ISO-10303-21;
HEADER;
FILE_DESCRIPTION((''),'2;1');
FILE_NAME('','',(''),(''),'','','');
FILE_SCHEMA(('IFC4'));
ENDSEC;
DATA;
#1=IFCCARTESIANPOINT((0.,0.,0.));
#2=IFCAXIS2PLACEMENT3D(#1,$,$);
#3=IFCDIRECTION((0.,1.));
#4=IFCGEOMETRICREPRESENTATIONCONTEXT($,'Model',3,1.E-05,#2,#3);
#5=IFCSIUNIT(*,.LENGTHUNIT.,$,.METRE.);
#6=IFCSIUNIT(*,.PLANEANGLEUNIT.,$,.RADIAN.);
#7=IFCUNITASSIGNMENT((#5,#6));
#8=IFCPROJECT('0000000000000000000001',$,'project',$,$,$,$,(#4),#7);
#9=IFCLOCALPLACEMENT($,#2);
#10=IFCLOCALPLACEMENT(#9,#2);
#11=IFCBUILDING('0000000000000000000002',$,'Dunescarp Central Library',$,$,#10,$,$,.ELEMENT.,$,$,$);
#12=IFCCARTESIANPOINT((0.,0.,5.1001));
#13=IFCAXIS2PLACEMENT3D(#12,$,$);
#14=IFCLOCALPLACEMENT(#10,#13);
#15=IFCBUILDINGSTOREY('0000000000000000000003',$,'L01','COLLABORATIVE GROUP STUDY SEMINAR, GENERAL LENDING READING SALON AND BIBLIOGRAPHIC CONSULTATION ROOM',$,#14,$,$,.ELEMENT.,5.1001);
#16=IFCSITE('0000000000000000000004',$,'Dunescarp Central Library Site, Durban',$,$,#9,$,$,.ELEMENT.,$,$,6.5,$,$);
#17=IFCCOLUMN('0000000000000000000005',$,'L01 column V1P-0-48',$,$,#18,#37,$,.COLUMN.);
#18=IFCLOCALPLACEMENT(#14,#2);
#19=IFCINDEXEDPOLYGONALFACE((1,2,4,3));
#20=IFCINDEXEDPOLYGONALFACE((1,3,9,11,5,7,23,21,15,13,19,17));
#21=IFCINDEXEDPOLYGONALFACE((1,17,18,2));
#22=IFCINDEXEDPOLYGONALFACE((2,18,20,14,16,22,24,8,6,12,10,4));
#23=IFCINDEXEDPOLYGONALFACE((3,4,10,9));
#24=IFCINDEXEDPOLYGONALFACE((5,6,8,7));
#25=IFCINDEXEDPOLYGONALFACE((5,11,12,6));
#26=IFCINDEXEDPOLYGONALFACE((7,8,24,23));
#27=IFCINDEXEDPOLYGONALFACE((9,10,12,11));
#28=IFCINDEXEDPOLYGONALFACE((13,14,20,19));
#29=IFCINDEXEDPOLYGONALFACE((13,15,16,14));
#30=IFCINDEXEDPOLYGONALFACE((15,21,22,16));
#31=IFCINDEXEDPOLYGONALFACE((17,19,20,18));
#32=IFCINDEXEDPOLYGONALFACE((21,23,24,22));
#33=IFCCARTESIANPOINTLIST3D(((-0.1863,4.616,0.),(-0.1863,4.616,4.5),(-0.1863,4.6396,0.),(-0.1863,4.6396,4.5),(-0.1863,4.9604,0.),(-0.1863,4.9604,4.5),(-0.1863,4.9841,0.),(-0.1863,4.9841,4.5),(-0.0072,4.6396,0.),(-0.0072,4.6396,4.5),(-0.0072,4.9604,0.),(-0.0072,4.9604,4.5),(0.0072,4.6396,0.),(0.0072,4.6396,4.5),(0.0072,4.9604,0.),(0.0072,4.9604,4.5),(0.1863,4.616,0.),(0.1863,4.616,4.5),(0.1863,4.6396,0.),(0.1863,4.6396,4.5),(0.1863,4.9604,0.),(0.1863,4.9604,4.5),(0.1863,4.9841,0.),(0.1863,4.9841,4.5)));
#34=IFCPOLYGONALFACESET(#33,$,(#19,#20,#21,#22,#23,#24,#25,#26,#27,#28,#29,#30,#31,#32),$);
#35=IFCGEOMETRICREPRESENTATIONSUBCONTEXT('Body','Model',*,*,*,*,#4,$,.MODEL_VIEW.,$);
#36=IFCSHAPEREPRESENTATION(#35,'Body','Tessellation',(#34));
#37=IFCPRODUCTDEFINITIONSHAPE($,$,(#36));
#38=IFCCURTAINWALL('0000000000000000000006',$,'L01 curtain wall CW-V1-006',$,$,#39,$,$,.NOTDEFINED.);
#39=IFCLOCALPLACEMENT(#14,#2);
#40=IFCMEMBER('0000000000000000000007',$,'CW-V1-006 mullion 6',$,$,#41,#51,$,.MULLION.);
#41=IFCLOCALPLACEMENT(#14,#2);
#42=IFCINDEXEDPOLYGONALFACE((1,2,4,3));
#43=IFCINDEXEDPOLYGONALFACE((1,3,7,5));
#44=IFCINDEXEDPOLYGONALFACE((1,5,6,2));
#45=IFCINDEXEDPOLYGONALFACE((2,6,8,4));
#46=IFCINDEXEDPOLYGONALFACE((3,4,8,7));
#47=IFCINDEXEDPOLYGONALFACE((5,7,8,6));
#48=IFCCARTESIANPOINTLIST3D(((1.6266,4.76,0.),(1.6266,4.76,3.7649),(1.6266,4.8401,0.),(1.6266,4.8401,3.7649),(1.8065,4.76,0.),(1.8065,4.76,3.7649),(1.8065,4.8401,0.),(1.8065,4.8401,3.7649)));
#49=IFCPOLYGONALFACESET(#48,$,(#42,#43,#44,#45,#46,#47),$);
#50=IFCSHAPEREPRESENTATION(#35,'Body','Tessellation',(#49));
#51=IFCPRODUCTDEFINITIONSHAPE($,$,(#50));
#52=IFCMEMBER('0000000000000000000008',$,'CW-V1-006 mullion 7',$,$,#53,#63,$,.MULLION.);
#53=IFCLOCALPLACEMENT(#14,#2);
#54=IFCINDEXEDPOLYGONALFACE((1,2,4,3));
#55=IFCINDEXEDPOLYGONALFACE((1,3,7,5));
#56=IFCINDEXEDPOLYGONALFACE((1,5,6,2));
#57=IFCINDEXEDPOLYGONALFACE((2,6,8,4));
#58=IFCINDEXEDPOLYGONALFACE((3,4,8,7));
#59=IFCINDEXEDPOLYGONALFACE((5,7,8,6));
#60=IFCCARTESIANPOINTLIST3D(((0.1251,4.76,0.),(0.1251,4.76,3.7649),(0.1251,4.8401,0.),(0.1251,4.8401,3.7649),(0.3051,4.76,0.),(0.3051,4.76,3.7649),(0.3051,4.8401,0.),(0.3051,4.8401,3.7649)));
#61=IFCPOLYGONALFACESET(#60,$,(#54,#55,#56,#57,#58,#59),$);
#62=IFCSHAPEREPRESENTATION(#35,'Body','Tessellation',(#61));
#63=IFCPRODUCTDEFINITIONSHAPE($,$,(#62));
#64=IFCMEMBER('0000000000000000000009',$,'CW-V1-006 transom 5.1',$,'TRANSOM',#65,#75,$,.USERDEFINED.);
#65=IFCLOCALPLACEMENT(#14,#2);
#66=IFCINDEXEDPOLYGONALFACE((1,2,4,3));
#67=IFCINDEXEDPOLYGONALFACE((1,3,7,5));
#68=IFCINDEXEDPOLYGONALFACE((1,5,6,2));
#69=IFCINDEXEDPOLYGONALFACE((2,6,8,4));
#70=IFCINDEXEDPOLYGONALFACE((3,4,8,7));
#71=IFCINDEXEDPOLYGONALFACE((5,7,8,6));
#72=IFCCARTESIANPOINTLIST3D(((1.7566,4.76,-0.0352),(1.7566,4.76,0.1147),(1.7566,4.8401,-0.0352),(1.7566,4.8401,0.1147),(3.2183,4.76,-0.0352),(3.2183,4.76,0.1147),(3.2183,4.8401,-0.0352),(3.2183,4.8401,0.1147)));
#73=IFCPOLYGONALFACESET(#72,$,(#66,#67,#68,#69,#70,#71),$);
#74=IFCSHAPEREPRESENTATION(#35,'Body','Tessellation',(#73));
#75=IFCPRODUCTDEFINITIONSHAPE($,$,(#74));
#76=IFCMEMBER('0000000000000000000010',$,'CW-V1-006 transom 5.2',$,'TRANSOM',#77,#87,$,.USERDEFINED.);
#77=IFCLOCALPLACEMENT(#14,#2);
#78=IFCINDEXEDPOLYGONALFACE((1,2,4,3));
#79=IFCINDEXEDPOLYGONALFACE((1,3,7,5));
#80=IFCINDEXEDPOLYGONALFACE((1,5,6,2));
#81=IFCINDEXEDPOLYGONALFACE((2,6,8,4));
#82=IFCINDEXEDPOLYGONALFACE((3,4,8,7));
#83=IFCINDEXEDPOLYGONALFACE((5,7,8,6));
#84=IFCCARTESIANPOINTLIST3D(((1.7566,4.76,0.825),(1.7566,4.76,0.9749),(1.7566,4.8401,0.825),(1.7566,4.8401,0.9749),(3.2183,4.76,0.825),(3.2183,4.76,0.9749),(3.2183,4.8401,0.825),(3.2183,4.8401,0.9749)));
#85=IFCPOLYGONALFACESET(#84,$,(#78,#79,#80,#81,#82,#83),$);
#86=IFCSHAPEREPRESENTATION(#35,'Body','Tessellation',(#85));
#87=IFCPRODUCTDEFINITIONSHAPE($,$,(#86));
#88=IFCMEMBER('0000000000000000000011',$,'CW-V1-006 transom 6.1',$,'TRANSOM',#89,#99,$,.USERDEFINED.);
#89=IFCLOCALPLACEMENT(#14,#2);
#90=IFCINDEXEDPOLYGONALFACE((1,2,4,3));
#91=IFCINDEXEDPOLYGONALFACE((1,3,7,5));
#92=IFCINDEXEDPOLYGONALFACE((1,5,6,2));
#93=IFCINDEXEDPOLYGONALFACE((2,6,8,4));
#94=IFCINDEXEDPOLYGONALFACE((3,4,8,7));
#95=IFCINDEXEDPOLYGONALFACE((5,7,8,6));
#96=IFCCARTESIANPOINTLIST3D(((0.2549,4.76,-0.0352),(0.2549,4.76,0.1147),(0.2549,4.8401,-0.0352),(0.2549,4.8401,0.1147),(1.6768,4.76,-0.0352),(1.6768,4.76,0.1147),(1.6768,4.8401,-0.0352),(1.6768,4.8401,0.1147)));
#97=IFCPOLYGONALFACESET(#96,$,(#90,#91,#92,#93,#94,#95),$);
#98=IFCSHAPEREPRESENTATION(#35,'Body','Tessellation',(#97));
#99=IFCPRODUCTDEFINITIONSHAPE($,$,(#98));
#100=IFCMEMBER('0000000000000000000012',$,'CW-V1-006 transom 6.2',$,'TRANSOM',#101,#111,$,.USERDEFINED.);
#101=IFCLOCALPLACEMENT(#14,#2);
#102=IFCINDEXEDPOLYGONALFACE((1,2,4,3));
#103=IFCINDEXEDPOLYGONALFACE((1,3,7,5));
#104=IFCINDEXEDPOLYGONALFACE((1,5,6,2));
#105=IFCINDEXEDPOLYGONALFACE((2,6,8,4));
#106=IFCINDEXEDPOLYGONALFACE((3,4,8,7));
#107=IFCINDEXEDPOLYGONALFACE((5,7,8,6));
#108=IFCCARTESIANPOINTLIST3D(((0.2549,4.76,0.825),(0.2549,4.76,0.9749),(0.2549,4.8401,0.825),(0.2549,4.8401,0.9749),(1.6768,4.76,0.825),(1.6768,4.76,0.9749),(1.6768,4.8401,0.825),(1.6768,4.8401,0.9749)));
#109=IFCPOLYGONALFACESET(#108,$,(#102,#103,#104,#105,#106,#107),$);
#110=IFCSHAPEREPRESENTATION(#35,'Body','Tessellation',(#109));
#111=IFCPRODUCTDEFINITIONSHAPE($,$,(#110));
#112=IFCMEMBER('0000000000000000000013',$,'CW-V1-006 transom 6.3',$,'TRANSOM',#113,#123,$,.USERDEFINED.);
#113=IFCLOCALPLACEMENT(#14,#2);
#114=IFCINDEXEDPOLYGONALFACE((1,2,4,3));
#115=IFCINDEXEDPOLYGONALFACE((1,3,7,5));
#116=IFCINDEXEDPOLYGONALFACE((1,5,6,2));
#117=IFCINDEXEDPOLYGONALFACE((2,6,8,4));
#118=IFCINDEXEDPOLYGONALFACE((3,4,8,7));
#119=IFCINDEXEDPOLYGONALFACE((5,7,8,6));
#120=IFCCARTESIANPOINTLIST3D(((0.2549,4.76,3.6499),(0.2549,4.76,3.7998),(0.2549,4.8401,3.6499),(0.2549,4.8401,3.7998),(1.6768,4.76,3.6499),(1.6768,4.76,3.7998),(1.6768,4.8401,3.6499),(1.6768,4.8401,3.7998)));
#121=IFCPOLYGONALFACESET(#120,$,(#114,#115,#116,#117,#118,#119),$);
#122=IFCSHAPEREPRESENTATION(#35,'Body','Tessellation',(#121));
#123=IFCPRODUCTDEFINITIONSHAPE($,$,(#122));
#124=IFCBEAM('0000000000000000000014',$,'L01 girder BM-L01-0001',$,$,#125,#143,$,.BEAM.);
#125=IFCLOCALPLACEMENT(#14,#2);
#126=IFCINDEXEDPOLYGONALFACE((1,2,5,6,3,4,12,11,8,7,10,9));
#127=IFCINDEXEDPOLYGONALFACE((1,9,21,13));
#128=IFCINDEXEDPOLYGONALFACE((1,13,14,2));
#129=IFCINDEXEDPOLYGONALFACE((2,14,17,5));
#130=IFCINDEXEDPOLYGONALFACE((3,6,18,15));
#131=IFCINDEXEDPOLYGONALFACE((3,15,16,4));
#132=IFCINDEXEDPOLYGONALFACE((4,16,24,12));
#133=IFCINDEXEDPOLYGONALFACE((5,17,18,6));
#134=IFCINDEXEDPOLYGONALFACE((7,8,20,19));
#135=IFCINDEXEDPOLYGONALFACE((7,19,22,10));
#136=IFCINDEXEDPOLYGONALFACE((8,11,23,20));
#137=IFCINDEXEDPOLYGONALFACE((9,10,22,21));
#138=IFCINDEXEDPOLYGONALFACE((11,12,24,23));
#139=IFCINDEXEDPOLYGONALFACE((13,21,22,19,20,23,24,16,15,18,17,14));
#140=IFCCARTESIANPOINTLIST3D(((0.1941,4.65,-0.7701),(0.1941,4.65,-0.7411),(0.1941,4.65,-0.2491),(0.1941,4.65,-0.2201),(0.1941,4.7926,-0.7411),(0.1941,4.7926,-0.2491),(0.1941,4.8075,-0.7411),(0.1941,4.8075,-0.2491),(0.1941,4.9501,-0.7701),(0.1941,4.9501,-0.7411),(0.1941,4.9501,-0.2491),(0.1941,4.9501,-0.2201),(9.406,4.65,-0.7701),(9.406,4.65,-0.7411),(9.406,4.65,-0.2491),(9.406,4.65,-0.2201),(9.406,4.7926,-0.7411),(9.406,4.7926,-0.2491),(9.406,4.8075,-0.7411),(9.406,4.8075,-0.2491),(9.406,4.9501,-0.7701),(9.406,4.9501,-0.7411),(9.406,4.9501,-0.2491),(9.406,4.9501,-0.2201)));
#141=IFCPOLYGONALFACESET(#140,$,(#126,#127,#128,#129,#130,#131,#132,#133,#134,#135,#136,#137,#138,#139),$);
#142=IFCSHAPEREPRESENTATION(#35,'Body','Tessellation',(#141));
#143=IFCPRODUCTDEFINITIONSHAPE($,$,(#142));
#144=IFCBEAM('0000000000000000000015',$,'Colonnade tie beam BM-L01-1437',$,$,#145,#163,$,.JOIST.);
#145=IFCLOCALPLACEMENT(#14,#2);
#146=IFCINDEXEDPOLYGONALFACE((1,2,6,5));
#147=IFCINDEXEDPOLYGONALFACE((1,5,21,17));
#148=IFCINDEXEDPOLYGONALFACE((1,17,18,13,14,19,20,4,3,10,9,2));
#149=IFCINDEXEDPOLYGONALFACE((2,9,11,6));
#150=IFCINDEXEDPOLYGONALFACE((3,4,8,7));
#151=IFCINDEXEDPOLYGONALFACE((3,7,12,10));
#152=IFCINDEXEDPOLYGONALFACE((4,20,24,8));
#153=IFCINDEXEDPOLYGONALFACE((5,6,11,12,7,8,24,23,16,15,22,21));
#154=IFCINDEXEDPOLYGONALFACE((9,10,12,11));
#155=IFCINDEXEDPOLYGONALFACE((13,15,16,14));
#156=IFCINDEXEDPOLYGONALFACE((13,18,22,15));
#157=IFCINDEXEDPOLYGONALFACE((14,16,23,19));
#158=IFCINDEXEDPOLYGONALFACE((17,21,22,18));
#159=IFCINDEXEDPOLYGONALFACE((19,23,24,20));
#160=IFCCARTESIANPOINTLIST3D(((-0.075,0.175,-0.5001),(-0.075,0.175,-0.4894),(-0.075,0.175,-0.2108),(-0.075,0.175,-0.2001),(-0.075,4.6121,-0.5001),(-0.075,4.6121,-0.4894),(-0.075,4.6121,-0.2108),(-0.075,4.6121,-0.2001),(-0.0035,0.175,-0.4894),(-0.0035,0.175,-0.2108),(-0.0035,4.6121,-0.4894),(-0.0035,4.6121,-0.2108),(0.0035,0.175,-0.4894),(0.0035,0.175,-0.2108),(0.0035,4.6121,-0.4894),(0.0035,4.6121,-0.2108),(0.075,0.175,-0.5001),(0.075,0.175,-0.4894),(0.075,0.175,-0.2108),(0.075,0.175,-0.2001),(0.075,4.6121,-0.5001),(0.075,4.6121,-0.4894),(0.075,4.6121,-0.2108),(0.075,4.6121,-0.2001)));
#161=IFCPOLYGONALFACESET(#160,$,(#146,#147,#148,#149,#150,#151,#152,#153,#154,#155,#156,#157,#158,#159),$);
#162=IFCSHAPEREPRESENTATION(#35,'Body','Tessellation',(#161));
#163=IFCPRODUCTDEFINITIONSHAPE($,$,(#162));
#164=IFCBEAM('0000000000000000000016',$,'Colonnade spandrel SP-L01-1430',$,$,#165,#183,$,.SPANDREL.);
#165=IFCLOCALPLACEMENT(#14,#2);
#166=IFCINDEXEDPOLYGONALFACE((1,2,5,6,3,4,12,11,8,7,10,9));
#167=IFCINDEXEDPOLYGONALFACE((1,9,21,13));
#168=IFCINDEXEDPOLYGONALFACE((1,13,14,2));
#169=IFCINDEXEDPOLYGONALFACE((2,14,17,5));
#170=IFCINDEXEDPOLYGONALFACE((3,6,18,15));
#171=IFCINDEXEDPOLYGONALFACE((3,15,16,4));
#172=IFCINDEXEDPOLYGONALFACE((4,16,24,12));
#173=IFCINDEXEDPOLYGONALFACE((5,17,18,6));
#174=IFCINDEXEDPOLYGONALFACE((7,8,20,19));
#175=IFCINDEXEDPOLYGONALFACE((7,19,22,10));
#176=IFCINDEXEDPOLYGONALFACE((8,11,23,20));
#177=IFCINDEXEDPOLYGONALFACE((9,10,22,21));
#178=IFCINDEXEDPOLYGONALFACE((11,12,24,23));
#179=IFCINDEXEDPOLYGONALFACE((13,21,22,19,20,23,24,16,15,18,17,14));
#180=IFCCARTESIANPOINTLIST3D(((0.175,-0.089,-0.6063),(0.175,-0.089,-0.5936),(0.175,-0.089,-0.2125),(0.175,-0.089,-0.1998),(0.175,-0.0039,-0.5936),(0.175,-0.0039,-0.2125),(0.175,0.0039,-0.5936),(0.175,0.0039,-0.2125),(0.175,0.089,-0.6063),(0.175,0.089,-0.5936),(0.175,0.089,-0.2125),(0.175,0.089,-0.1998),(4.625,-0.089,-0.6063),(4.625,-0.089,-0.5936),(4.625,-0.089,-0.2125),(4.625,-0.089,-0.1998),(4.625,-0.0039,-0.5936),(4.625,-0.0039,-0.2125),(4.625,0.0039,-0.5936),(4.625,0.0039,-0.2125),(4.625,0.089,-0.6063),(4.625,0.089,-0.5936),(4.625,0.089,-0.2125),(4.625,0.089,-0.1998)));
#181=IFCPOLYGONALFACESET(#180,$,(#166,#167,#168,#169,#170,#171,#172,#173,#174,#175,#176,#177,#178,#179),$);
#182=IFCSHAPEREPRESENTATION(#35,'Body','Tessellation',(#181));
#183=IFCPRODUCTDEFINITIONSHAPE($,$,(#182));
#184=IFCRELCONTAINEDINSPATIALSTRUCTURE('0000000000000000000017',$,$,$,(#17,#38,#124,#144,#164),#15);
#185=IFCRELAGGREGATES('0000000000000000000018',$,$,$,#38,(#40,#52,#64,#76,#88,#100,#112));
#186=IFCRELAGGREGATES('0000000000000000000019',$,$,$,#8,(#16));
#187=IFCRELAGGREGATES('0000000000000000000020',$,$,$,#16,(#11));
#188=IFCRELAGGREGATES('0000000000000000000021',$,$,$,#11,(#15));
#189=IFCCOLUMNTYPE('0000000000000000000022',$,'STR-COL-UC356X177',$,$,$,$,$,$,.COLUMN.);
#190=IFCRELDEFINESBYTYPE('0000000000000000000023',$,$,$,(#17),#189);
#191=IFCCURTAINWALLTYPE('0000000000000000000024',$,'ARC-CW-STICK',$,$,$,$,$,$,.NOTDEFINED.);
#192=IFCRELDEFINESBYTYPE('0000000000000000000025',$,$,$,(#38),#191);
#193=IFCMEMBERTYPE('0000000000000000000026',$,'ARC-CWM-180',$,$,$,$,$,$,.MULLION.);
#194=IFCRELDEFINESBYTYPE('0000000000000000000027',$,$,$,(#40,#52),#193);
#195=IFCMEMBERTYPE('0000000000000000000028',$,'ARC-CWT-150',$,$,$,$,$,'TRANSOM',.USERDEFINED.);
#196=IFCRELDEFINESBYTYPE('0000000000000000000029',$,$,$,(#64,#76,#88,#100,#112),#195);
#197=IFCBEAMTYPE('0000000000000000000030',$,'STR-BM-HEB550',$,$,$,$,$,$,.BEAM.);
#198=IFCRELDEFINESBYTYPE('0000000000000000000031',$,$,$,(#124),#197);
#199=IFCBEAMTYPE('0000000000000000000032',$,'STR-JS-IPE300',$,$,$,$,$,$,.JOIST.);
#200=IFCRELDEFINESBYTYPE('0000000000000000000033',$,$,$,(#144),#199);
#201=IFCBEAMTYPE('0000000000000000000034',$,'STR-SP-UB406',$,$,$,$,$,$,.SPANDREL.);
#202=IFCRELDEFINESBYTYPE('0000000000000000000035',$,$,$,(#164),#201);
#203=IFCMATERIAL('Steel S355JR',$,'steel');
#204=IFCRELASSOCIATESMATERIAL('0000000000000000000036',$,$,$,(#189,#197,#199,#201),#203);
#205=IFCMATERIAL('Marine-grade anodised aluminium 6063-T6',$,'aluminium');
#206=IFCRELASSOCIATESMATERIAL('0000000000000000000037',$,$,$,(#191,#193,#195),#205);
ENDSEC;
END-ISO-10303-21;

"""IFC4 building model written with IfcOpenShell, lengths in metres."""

from ifc_helpers import new_model, si_unit, direction, frame, origin, origin_2d, place, context, subcontext, project, spatial, rectangle, i_section, extrude, material, material_profile, profile_set, type_object, element, aggregate, save


model = new_model("IFC4")

# Units and contexts
model_context = context("Model", 3, precision=1e-05, world=origin(), true_north=direction((0.0, 1.0)))
body_context = subcontext(model_context, "Body", "Model", "MODEL_VIEW")
ifc_project = project(units=[si_unit("LENGTHUNIT", "METRE"), si_unit("PLANEANGLEUNIT", "RADIAN")], contexts=[model_context])

# Site, building, storey
site_placement = place(None, origin())
site = spatial("IfcSite", under=ifc_project, at=site_placement, Name="Dunescarp Central Library Site, Durban", CompositionType="ELEMENT", RefElevation=6.5)
building_placement = place(site_placement, origin())
building = spatial("IfcBuilding", under=site, at=building_placement, Name="Dunescarp Central Library", CompositionType="ELEMENT")
storey_placement = place(building_placement, frame((0.0, 0.0, 5.1001)))
storey = spatial("IfcBuildingStorey", under=building, at=storey_placement, Name="L01", Description="COLLABORATIVE GROUP STUDY SEMINAR, GENERAL LENDING READING SALON AND BIBLIOGRAPHIC CONSULTATION ROOM", CompositionType="ELEMENT", Elevation=5.1001)

# Column
ifc_material_1 = material(Name="Steel S355JR", Category="steel")
ifc_material_profile_1 = material_profile(ifc_material_1, i_section(OverallWidth=0.3726, OverallDepth=0.3682, WebThickness=0.0144, FlangeThickness=0.0237, at=origin_2d()), Name="UC 356x368x177")
ifc_profile_set_1 = profile_set([ifc_material_profile_1], Name="Steel S355JR")
column_type = type_object("IfcColumnType", Name="STR-COL-UC356X177", PredefinedType="COLUMN", material=ifc_profile_set_1)
column_placement = place(storey_placement, frame((0.0, 4.8, 0.0), z_axis=(0.0, 0.0, 1.0), x_axis=(1.0, 0.0, 0.0)))
element("IfcColumn", 1, at=column_placement, inside=storey, type_object=column_type, Name="L01 column V1P-0-48", PredefinedType="COLUMN", context=body_context, shape_type="SweptSolid", body=[
    extrude(i_section(OverallWidth=0.3726, OverallDepth=0.3682, WebThickness=0.0144, FlangeThickness=0.0237, at=origin_2d()), origin(), (0.0, 0.0, 1.0), 4.5),
])

# Curtain wall, members
ifc_material_2 = material(Name="Marine-grade anodised aluminium 6063-T6", Category="aluminium")
curtain_wall_type = type_object("IfcCurtainWallType", Name="ARC-CW-STICK", PredefinedType="NOTDEFINED", material=ifc_material_2)
curtain_wall_placement = place(storey_placement, origin())
curtain_wall = element("IfcCurtainWall", 2, at=curtain_wall_placement, inside=storey, type_object=curtain_wall_type, Name="L01 curtain wall CW-V1-006", PredefinedType="NOTDEFINED")
ifc_material_profile_2 = material_profile(ifc_material_2, rectangle(XDim=0.0801, YDim=0.1799, at=origin_2d()), Name="AL 80x180")
ifc_profile_set_2 = profile_set([ifc_material_profile_2], Name="Marine-grade anodised aluminium 6063-T6")
member_type_1 = type_object("IfcMemberType", Name="ARC-CWM-180", PredefinedType="MULLION", material=ifc_profile_set_2)
member_1_placement = place(storey_placement, frame((1.7166, 4.8, 0.0), z_axis=(0.0, 0.0, 1.0), x_axis=(0.0, -1.0, 0.0)))
member_1 = element("IfcMember", 3, at=member_1_placement, type_object=member_type_1, Name="CW-V1-006 mullion 6", PredefinedType="MULLION", context=body_context, shape_type="SweptSolid", body=[
    extrude(rectangle(XDim=0.0801, YDim=0.1799, at=origin_2d()), origin(), (0.0, 0.0, 1.0), 3.7649),
])
member_2_placement = place(storey_placement, frame((0.2151, 4.8, 0.0), z_axis=(0.0, 0.0, 1.0), x_axis=(0.0, -1.0, 0.0)))
member_2 = element("IfcMember", 4, at=member_2_placement, type_object=member_type_1, Name="CW-V1-006 mullion 7", PredefinedType="MULLION", context=body_context, shape_type="SweptSolid", body=[
    extrude(rectangle(XDim=0.0801, YDim=0.1799, at=origin_2d()), origin(), (0.0, 0.0, 1.0), 3.7649),
])
ifc_material_profile_3 = material_profile(ifc_material_2, rectangle(XDim=0.0801, YDim=0.1499, at=origin_2d()), Name="AL 80x150")
ifc_profile_set_3 = profile_set([ifc_material_profile_3], Name="Marine-grade anodised aluminium 6063-T6")
member_type_2 = type_object("IfcMemberType", Name="ARC-CWT-150", ElementType="TRANSOM", PredefinedType="USERDEFINED", material=ifc_profile_set_3)
member_3_placement = place(storey_placement, frame((3.2183, 4.8, 0.0398), z_axis=(-1.0, 0.0, 0.0), x_axis=(0.0, -1.0, 0.0)))
member_3 = element("IfcMember", 5, at=member_3_placement, type_object=member_type_2, Name="CW-V1-006 transom 5.1", ObjectType="TRANSOM", PredefinedType="USERDEFINED", context=body_context, shape_type="SweptSolid", body=[
    extrude(rectangle(XDim=0.0801, YDim=0.1499, at=origin_2d()), origin(), (0.0, 0.0, 1.0), 1.4617),
])
member_4_placement = place(storey_placement, frame((3.2183, 4.8, 0.8999), z_axis=(-1.0, 0.0, 0.0), x_axis=(0.0, -1.0, 0.0)))
member_4 = element("IfcMember", 6, at=member_4_placement, type_object=member_type_2, Name="CW-V1-006 transom 5.2", ObjectType="TRANSOM", PredefinedType="USERDEFINED", context=body_context, shape_type="SweptSolid", body=[
    extrude(rectangle(XDim=0.0801, YDim=0.1499, at=origin_2d()), origin(), (0.0, 0.0, 1.0), 1.4617),
])
member_5_placement = place(storey_placement, frame((1.6768, 4.8, 0.0398), z_axis=(-1.0, 0.0, 0.0), x_axis=(0.0, -1.0, 0.0)))
member_5 = element("IfcMember", 7, at=member_5_placement, type_object=member_type_2, Name="CW-V1-006 transom 6.1", ObjectType="TRANSOM", PredefinedType="USERDEFINED", context=body_context, shape_type="SweptSolid", body=[
    extrude(rectangle(XDim=0.0801, YDim=0.1499, at=origin_2d()), origin(), (0.0, 0.0, 1.0), 1.4219),
])
member_6_placement = place(storey_placement, frame((1.6768, 4.8, 0.8999), z_axis=(-1.0, 0.0, 0.0), x_axis=(0.0, -1.0, 0.0)))
member_6 = element("IfcMember", 8, at=member_6_placement, type_object=member_type_2, Name="CW-V1-006 transom 6.2", ObjectType="TRANSOM", PredefinedType="USERDEFINED", context=body_context, shape_type="SweptSolid", body=[
    extrude(rectangle(XDim=0.0801, YDim=0.1499, at=origin_2d()), origin(), (0.0, 0.0, 1.0), 1.4219),
])
member_7_placement = place(storey_placement, frame((1.6768, 4.8, 3.7249), z_axis=(-1.0, 0.0, 0.0), x_axis=(0.0, -1.0, 0.0)))
member_7 = element("IfcMember", 9, at=member_7_placement, type_object=member_type_2, Name="CW-V1-006 transom 6.3", ObjectType="TRANSOM", PredefinedType="USERDEFINED", context=body_context, shape_type="SweptSolid", body=[
    extrude(rectangle(XDim=0.0801, YDim=0.1499, at=origin_2d()), origin(), (0.0, 0.0, 1.0), 1.4219),
])

# Beams
ifc_material_profile_4 = material_profile(ifc_material_1, i_section(OverallWidth=0.3, OverallDepth=0.55, WebThickness=0.0149, FlangeThickness=0.0291, at=origin_2d()), Name="HEB 550")
ifc_profile_set_4 = profile_set([ifc_material_profile_4], Name="Steel S355JR")
beam_type_1 = type_object("IfcBeamType", Name="STR-BM-HEB550", PredefinedType="BEAM", material=ifc_profile_set_4)
beam_1_placement = place(storey_placement, frame((0.1941, 4.8, -0.4951), z_axis=(1.0, 0.0, 0.0), x_axis=(0.0, 1.0, 0.0)))
element("IfcBeam", 10, at=beam_1_placement, inside=storey, type_object=beam_type_1, Name="L01 girder BM-L01-0001", PredefinedType="BEAM", context=body_context, shape_type="SweptSolid", body=[
    extrude(i_section(OverallWidth=0.3, OverallDepth=0.55, WebThickness=0.0149, FlangeThickness=0.0291, at=origin_2d()), origin(), (0.0, 0.0, 1.0), 9.2119),
])
ifc_material_profile_5 = material_profile(ifc_material_1, i_section(OverallWidth=0.1499, OverallDepth=0.3, WebThickness=0.0071, FlangeThickness=0.0107, at=origin_2d()), Name="IPE 300")
ifc_profile_set_5 = profile_set([ifc_material_profile_5], Name="Steel S355JR")
beam_type_2 = type_object("IfcBeamType", Name="STR-JS-IPE300", PredefinedType="JOIST", material=ifc_profile_set_5)
beam_2_placement = place(storey_placement, frame((0.0, 0.175, -0.3501), z_axis=(0.0, 1.0, 0.0), x_axis=(-1.0, 0.0, 0.0)))
element("IfcBeam", 11, at=beam_2_placement, inside=storey, type_object=beam_type_2, Name="Colonnade tie beam BM-L01-1437", PredefinedType="JOIST", context=body_context, shape_type="SweptSolid", body=[
    extrude(i_section(OverallWidth=0.1499, OverallDepth=0.3, WebThickness=0.0071, FlangeThickness=0.0107, at=origin_2d()), origin(), (0.0, 0.0, 1.0), 4.437),
])
ifc_material_profile_6 = material_profile(ifc_material_1, i_section(OverallWidth=0.178, OverallDepth=0.4065, WebThickness=0.0078, FlangeThickness=0.0127, at=origin_2d()), Name="UB 406x178x60")
ifc_profile_set_6 = profile_set([ifc_material_profile_6], Name="Steel S355JR")
beam_type_3 = type_object("IfcBeamType", Name="STR-SP-UB406", PredefinedType="SPANDREL", material=ifc_profile_set_6)
beam_3_placement = place(storey_placement, frame((0.175, 0.0, -0.4031), z_axis=(1.0, 0.0, 0.0), x_axis=(0.0, 1.0, 0.0)))
element("IfcBeam", 12, at=beam_3_placement, inside=storey, type_object=beam_type_3, Name="Colonnade spandrel SP-L01-1430", PredefinedType="SPANDREL", context=body_context, shape_type="SweptSolid", body=[
    extrude(i_section(OverallWidth=0.178, OverallDepth=0.4065, WebThickness=0.0078, FlangeThickness=0.0127, at=origin_2d()), origin(), (0.0, 0.0, 1.0), 4.45),
])

aggregate(curtain_wall, [member_1, member_2, member_3, member_4, member_5, member_6, member_7])

save(model, "model.ifc")
